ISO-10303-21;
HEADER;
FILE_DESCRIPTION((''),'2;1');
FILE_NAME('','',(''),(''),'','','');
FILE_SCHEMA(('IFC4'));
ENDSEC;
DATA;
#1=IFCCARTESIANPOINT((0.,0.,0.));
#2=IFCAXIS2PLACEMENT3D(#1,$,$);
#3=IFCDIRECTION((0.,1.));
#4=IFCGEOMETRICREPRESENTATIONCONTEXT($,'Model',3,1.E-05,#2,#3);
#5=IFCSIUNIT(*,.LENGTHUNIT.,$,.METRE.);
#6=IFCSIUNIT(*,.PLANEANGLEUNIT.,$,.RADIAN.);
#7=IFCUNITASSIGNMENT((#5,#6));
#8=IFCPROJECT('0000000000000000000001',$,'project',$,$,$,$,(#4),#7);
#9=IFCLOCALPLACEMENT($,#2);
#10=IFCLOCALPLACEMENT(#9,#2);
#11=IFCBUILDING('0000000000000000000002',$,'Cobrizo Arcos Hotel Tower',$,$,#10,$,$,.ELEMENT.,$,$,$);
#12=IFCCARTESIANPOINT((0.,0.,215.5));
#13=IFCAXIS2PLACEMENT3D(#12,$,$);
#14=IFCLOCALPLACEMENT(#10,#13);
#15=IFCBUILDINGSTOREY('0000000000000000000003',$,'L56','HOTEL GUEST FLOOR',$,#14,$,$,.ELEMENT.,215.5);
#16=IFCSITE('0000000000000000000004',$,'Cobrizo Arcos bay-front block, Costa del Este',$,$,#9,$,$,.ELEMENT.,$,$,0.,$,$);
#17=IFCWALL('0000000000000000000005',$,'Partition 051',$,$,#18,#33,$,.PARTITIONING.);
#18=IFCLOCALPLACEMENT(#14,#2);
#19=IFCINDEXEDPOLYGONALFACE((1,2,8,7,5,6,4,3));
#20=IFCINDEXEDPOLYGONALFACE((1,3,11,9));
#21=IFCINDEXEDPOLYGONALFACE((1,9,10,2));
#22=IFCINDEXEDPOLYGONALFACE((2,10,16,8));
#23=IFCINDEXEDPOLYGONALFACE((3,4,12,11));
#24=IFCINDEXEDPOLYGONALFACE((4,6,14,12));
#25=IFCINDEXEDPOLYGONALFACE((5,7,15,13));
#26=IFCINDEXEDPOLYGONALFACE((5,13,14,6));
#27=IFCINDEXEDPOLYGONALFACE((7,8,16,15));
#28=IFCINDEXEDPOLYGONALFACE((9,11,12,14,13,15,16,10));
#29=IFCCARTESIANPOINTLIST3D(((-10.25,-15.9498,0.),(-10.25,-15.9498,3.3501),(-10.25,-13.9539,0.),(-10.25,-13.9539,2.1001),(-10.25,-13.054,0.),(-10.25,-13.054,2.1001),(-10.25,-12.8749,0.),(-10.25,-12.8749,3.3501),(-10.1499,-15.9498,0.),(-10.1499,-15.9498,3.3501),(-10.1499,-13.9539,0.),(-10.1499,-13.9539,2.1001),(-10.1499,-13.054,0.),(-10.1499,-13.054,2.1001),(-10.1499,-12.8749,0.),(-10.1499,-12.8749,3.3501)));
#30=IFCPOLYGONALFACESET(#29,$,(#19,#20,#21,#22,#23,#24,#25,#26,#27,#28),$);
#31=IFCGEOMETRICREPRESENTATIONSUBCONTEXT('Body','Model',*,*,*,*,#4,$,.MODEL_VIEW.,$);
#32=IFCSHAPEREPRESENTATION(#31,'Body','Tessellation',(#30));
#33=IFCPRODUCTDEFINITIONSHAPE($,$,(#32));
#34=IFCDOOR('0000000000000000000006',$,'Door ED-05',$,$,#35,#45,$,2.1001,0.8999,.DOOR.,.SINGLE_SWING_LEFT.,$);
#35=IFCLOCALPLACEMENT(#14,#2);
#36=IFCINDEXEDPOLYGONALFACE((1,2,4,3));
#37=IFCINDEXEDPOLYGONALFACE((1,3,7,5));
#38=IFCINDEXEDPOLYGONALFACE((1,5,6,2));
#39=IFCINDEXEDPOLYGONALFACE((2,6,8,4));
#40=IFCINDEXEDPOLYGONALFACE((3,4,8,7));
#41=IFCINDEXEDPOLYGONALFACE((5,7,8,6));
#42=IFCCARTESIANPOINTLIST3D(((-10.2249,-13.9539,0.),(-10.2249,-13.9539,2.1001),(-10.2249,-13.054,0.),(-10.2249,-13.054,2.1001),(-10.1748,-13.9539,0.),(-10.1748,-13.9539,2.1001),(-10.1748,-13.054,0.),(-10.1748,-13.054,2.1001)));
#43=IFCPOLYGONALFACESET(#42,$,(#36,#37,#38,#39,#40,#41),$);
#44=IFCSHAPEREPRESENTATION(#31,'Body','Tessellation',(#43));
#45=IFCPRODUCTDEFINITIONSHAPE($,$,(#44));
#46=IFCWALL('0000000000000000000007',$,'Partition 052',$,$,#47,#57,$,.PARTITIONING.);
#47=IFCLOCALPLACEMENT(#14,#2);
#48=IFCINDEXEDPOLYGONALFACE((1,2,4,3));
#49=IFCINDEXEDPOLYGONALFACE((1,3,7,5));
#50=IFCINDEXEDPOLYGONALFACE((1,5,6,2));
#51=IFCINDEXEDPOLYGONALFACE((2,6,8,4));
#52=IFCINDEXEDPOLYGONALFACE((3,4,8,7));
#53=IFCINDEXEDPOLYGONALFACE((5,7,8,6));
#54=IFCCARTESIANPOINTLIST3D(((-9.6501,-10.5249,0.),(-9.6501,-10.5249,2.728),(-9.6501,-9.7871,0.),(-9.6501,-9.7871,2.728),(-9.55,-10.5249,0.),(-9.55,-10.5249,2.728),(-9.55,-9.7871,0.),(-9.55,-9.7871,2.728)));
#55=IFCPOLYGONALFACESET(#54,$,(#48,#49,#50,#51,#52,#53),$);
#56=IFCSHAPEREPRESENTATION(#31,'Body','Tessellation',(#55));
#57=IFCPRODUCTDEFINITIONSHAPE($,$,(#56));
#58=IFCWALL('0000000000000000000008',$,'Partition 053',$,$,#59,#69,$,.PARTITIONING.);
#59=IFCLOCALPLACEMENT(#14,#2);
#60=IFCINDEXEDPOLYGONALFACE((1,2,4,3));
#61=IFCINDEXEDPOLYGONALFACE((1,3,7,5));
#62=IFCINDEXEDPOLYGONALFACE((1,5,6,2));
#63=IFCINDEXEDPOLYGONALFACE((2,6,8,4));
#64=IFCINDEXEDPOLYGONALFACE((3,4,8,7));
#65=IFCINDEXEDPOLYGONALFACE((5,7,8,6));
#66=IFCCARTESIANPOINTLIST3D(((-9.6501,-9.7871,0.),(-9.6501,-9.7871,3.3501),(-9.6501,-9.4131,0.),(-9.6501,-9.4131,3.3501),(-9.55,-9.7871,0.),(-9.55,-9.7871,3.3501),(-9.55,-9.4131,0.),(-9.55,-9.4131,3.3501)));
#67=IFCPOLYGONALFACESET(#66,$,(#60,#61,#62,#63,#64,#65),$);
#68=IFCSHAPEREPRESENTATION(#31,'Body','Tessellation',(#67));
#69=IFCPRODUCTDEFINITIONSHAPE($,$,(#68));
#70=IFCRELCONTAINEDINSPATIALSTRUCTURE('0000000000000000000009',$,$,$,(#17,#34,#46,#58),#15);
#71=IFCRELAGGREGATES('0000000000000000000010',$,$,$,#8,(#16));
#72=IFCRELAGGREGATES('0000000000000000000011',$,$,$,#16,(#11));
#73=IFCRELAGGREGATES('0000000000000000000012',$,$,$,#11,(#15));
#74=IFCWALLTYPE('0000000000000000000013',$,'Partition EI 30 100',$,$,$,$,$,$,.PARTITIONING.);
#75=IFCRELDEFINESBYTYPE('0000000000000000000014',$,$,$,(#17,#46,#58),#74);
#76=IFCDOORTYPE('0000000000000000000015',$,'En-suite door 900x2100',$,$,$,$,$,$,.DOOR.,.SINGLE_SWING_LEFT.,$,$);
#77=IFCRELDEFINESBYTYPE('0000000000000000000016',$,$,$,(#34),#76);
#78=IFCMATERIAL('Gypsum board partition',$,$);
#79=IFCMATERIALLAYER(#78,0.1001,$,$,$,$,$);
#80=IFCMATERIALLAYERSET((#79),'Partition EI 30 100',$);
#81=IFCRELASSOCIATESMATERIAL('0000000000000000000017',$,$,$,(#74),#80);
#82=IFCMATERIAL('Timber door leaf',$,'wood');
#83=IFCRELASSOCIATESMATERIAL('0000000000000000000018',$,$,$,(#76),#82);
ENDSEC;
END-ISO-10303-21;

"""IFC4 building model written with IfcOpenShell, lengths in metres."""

from ifc_helpers import new_model, si_unit, direction, frame, frame_2d, origin, place, context, subcontext, project, spatial, rectangle, extrude, material, layer, layer_set, type_object, element, fill, save


model = new_model("IFC4")

# Units and contexts
model_context = context("Model", 3, precision=1e-05, world=origin(), true_north=direction((0.0, 1.0)))
body_context = subcontext(model_context, "Body", "Model", "MODEL_VIEW")
ifc_project = project(units=[si_unit("LENGTHUNIT", "METRE"), si_unit("PLANEANGLEUNIT", "RADIAN")], contexts=[model_context])

# Site, building, storey
site_placement = place(None, origin())
site = spatial("IfcSite", under=ifc_project, at=site_placement, Name="Cobrizo Arcos bay-front block, Costa del Este", CompositionType="ELEMENT", RefElevation=0.0)
building_placement = place(site_placement, origin())
building = spatial("IfcBuilding", under=site, at=building_placement, Name="Cobrizo Arcos Hotel Tower", CompositionType="ELEMENT")
storey_placement = place(building_placement, frame((0.0, 0.0, 215.5)))
storey = spatial("IfcBuildingStorey", under=building, at=storey_placement, Name="L56", Description="HOTEL GUEST FLOOR", CompositionType="ELEMENT", Elevation=215.5)

# Shared definitions
ifc_material_1 = material(Name="Gypsum board partition")

# Shared definitions
ifc_material_2 = material(Name="Timber door leaf", Category="wood")
ifc_layer_1 = layer(ifc_material_1, 0.1001)
ifc_layer_set_1 = layer_set([ifc_layer_1], Name="Partition EI 30 100")
wall_type_1 = type_object("IfcWallType", Name="Partition EI 30 100", PredefinedType="PARTITIONING", material=ifc_layer_set_1)
door_type_1 = type_object("IfcDoorType", Name="En-suite door 900x2100", OperationType="SINGLE_SWING_LEFT", PredefinedType="DOOR", material=ifc_material_2)

# Wall, opening, door
wall_1_placement = place(storey_placement, frame((-10.2, -15.95, 0.0), z_axis=(0.0, 0.0, 1.0), x_axis=(0.0, 1.0, 0.0)))
wall_1 = element("IfcWall", 1, at=wall_1_placement, inside=storey, type_object=wall_type_1, Name="Partition 051", PredefinedType="PARTITIONING", context=body_context, shape_type="SweptSolid", body=[
    extrude(rectangle(XDim=3.075, YDim=0.1001, at=frame_2d((1.5376, 0.0))), origin(), (0.0, 0.0, 1.0), 3.3501),
])
opening_1_placement = place(wall_1_placement, frame((1.9961, 0.0, 0.0)))
opening_1 = element("IfcOpeningElement", 2, at=opening_1_placement, cuts=wall_1, PredefinedType="OPENING", context=body_context, shape_type="SweptSolid", body=[
    extrude(rectangle(XDim=0.8999, YDim=2.1001, at=frame_2d((0.45, 1.05))), frame((0.0, 0.062, 0.0), z_axis=(0.0, -1.0, 0.0), x_axis=(1.0, 0.0, 0.0)), (0.0, 0.0, 1.0), 0.124),
])
door_1_placement = place(opening_1_placement, origin())
door_1 = element("IfcDoor", 3, at=door_1_placement, inside=storey, type_object=door_type_1, Name="Door ED-05", OperationType="SINGLE_SWING_LEFT", OverallHeight=2.1001, OverallWidth=0.8999, PredefinedType="DOOR", context=body_context, shape_type="SweptSolid", body=[
    extrude(rectangle(XDim=0.8999, YDim=2.1001, at=frame_2d((0.45, 1.05))), frame((0.0, 0.0249, 0.0), z_axis=(0.0, -1.0, 0.0), x_axis=(1.0, 0.0, 0.0)), (0.0, 0.0, 1.0), 0.05),
])
fill(opening_1, door_1)

# Walls
wall_2_placement = place(storey_placement, frame((-9.6001, -10.5249, 0.0), z_axis=(0.0, 0.0, 1.0), x_axis=(0.0, 1.0, 0.0)))
element("IfcWall", 4, at=wall_2_placement, inside=storey, type_object=wall_type_1, Name="Partition 052", PredefinedType="PARTITIONING", context=body_context, shape_type="SweptSolid", body=[
    extrude(rectangle(XDim=0.7378, YDim=0.1001, at=frame_2d((0.3689, 0.0))), origin(), (0.0, 0.0, 1.0), 2.728),
])
wall_3_placement = place(storey_placement, frame((-9.6001, -9.7871, 0.0), z_axis=(0.0, 0.0, 1.0), x_axis=(0.0, 1.0, 0.0)))
element("IfcWall", 5, at=wall_3_placement, inside=storey, type_object=wall_type_1, Name="Partition 053", PredefinedType="PARTITIONING", context=body_context, shape_type="SweptSolid", body=[
    extrude(rectangle(XDim=0.374, YDim=0.1001, at=frame_2d((0.187, 0.0))), origin(), (0.0, 0.0, 1.0), 3.3501),
])

save(model, "model.ifc")
